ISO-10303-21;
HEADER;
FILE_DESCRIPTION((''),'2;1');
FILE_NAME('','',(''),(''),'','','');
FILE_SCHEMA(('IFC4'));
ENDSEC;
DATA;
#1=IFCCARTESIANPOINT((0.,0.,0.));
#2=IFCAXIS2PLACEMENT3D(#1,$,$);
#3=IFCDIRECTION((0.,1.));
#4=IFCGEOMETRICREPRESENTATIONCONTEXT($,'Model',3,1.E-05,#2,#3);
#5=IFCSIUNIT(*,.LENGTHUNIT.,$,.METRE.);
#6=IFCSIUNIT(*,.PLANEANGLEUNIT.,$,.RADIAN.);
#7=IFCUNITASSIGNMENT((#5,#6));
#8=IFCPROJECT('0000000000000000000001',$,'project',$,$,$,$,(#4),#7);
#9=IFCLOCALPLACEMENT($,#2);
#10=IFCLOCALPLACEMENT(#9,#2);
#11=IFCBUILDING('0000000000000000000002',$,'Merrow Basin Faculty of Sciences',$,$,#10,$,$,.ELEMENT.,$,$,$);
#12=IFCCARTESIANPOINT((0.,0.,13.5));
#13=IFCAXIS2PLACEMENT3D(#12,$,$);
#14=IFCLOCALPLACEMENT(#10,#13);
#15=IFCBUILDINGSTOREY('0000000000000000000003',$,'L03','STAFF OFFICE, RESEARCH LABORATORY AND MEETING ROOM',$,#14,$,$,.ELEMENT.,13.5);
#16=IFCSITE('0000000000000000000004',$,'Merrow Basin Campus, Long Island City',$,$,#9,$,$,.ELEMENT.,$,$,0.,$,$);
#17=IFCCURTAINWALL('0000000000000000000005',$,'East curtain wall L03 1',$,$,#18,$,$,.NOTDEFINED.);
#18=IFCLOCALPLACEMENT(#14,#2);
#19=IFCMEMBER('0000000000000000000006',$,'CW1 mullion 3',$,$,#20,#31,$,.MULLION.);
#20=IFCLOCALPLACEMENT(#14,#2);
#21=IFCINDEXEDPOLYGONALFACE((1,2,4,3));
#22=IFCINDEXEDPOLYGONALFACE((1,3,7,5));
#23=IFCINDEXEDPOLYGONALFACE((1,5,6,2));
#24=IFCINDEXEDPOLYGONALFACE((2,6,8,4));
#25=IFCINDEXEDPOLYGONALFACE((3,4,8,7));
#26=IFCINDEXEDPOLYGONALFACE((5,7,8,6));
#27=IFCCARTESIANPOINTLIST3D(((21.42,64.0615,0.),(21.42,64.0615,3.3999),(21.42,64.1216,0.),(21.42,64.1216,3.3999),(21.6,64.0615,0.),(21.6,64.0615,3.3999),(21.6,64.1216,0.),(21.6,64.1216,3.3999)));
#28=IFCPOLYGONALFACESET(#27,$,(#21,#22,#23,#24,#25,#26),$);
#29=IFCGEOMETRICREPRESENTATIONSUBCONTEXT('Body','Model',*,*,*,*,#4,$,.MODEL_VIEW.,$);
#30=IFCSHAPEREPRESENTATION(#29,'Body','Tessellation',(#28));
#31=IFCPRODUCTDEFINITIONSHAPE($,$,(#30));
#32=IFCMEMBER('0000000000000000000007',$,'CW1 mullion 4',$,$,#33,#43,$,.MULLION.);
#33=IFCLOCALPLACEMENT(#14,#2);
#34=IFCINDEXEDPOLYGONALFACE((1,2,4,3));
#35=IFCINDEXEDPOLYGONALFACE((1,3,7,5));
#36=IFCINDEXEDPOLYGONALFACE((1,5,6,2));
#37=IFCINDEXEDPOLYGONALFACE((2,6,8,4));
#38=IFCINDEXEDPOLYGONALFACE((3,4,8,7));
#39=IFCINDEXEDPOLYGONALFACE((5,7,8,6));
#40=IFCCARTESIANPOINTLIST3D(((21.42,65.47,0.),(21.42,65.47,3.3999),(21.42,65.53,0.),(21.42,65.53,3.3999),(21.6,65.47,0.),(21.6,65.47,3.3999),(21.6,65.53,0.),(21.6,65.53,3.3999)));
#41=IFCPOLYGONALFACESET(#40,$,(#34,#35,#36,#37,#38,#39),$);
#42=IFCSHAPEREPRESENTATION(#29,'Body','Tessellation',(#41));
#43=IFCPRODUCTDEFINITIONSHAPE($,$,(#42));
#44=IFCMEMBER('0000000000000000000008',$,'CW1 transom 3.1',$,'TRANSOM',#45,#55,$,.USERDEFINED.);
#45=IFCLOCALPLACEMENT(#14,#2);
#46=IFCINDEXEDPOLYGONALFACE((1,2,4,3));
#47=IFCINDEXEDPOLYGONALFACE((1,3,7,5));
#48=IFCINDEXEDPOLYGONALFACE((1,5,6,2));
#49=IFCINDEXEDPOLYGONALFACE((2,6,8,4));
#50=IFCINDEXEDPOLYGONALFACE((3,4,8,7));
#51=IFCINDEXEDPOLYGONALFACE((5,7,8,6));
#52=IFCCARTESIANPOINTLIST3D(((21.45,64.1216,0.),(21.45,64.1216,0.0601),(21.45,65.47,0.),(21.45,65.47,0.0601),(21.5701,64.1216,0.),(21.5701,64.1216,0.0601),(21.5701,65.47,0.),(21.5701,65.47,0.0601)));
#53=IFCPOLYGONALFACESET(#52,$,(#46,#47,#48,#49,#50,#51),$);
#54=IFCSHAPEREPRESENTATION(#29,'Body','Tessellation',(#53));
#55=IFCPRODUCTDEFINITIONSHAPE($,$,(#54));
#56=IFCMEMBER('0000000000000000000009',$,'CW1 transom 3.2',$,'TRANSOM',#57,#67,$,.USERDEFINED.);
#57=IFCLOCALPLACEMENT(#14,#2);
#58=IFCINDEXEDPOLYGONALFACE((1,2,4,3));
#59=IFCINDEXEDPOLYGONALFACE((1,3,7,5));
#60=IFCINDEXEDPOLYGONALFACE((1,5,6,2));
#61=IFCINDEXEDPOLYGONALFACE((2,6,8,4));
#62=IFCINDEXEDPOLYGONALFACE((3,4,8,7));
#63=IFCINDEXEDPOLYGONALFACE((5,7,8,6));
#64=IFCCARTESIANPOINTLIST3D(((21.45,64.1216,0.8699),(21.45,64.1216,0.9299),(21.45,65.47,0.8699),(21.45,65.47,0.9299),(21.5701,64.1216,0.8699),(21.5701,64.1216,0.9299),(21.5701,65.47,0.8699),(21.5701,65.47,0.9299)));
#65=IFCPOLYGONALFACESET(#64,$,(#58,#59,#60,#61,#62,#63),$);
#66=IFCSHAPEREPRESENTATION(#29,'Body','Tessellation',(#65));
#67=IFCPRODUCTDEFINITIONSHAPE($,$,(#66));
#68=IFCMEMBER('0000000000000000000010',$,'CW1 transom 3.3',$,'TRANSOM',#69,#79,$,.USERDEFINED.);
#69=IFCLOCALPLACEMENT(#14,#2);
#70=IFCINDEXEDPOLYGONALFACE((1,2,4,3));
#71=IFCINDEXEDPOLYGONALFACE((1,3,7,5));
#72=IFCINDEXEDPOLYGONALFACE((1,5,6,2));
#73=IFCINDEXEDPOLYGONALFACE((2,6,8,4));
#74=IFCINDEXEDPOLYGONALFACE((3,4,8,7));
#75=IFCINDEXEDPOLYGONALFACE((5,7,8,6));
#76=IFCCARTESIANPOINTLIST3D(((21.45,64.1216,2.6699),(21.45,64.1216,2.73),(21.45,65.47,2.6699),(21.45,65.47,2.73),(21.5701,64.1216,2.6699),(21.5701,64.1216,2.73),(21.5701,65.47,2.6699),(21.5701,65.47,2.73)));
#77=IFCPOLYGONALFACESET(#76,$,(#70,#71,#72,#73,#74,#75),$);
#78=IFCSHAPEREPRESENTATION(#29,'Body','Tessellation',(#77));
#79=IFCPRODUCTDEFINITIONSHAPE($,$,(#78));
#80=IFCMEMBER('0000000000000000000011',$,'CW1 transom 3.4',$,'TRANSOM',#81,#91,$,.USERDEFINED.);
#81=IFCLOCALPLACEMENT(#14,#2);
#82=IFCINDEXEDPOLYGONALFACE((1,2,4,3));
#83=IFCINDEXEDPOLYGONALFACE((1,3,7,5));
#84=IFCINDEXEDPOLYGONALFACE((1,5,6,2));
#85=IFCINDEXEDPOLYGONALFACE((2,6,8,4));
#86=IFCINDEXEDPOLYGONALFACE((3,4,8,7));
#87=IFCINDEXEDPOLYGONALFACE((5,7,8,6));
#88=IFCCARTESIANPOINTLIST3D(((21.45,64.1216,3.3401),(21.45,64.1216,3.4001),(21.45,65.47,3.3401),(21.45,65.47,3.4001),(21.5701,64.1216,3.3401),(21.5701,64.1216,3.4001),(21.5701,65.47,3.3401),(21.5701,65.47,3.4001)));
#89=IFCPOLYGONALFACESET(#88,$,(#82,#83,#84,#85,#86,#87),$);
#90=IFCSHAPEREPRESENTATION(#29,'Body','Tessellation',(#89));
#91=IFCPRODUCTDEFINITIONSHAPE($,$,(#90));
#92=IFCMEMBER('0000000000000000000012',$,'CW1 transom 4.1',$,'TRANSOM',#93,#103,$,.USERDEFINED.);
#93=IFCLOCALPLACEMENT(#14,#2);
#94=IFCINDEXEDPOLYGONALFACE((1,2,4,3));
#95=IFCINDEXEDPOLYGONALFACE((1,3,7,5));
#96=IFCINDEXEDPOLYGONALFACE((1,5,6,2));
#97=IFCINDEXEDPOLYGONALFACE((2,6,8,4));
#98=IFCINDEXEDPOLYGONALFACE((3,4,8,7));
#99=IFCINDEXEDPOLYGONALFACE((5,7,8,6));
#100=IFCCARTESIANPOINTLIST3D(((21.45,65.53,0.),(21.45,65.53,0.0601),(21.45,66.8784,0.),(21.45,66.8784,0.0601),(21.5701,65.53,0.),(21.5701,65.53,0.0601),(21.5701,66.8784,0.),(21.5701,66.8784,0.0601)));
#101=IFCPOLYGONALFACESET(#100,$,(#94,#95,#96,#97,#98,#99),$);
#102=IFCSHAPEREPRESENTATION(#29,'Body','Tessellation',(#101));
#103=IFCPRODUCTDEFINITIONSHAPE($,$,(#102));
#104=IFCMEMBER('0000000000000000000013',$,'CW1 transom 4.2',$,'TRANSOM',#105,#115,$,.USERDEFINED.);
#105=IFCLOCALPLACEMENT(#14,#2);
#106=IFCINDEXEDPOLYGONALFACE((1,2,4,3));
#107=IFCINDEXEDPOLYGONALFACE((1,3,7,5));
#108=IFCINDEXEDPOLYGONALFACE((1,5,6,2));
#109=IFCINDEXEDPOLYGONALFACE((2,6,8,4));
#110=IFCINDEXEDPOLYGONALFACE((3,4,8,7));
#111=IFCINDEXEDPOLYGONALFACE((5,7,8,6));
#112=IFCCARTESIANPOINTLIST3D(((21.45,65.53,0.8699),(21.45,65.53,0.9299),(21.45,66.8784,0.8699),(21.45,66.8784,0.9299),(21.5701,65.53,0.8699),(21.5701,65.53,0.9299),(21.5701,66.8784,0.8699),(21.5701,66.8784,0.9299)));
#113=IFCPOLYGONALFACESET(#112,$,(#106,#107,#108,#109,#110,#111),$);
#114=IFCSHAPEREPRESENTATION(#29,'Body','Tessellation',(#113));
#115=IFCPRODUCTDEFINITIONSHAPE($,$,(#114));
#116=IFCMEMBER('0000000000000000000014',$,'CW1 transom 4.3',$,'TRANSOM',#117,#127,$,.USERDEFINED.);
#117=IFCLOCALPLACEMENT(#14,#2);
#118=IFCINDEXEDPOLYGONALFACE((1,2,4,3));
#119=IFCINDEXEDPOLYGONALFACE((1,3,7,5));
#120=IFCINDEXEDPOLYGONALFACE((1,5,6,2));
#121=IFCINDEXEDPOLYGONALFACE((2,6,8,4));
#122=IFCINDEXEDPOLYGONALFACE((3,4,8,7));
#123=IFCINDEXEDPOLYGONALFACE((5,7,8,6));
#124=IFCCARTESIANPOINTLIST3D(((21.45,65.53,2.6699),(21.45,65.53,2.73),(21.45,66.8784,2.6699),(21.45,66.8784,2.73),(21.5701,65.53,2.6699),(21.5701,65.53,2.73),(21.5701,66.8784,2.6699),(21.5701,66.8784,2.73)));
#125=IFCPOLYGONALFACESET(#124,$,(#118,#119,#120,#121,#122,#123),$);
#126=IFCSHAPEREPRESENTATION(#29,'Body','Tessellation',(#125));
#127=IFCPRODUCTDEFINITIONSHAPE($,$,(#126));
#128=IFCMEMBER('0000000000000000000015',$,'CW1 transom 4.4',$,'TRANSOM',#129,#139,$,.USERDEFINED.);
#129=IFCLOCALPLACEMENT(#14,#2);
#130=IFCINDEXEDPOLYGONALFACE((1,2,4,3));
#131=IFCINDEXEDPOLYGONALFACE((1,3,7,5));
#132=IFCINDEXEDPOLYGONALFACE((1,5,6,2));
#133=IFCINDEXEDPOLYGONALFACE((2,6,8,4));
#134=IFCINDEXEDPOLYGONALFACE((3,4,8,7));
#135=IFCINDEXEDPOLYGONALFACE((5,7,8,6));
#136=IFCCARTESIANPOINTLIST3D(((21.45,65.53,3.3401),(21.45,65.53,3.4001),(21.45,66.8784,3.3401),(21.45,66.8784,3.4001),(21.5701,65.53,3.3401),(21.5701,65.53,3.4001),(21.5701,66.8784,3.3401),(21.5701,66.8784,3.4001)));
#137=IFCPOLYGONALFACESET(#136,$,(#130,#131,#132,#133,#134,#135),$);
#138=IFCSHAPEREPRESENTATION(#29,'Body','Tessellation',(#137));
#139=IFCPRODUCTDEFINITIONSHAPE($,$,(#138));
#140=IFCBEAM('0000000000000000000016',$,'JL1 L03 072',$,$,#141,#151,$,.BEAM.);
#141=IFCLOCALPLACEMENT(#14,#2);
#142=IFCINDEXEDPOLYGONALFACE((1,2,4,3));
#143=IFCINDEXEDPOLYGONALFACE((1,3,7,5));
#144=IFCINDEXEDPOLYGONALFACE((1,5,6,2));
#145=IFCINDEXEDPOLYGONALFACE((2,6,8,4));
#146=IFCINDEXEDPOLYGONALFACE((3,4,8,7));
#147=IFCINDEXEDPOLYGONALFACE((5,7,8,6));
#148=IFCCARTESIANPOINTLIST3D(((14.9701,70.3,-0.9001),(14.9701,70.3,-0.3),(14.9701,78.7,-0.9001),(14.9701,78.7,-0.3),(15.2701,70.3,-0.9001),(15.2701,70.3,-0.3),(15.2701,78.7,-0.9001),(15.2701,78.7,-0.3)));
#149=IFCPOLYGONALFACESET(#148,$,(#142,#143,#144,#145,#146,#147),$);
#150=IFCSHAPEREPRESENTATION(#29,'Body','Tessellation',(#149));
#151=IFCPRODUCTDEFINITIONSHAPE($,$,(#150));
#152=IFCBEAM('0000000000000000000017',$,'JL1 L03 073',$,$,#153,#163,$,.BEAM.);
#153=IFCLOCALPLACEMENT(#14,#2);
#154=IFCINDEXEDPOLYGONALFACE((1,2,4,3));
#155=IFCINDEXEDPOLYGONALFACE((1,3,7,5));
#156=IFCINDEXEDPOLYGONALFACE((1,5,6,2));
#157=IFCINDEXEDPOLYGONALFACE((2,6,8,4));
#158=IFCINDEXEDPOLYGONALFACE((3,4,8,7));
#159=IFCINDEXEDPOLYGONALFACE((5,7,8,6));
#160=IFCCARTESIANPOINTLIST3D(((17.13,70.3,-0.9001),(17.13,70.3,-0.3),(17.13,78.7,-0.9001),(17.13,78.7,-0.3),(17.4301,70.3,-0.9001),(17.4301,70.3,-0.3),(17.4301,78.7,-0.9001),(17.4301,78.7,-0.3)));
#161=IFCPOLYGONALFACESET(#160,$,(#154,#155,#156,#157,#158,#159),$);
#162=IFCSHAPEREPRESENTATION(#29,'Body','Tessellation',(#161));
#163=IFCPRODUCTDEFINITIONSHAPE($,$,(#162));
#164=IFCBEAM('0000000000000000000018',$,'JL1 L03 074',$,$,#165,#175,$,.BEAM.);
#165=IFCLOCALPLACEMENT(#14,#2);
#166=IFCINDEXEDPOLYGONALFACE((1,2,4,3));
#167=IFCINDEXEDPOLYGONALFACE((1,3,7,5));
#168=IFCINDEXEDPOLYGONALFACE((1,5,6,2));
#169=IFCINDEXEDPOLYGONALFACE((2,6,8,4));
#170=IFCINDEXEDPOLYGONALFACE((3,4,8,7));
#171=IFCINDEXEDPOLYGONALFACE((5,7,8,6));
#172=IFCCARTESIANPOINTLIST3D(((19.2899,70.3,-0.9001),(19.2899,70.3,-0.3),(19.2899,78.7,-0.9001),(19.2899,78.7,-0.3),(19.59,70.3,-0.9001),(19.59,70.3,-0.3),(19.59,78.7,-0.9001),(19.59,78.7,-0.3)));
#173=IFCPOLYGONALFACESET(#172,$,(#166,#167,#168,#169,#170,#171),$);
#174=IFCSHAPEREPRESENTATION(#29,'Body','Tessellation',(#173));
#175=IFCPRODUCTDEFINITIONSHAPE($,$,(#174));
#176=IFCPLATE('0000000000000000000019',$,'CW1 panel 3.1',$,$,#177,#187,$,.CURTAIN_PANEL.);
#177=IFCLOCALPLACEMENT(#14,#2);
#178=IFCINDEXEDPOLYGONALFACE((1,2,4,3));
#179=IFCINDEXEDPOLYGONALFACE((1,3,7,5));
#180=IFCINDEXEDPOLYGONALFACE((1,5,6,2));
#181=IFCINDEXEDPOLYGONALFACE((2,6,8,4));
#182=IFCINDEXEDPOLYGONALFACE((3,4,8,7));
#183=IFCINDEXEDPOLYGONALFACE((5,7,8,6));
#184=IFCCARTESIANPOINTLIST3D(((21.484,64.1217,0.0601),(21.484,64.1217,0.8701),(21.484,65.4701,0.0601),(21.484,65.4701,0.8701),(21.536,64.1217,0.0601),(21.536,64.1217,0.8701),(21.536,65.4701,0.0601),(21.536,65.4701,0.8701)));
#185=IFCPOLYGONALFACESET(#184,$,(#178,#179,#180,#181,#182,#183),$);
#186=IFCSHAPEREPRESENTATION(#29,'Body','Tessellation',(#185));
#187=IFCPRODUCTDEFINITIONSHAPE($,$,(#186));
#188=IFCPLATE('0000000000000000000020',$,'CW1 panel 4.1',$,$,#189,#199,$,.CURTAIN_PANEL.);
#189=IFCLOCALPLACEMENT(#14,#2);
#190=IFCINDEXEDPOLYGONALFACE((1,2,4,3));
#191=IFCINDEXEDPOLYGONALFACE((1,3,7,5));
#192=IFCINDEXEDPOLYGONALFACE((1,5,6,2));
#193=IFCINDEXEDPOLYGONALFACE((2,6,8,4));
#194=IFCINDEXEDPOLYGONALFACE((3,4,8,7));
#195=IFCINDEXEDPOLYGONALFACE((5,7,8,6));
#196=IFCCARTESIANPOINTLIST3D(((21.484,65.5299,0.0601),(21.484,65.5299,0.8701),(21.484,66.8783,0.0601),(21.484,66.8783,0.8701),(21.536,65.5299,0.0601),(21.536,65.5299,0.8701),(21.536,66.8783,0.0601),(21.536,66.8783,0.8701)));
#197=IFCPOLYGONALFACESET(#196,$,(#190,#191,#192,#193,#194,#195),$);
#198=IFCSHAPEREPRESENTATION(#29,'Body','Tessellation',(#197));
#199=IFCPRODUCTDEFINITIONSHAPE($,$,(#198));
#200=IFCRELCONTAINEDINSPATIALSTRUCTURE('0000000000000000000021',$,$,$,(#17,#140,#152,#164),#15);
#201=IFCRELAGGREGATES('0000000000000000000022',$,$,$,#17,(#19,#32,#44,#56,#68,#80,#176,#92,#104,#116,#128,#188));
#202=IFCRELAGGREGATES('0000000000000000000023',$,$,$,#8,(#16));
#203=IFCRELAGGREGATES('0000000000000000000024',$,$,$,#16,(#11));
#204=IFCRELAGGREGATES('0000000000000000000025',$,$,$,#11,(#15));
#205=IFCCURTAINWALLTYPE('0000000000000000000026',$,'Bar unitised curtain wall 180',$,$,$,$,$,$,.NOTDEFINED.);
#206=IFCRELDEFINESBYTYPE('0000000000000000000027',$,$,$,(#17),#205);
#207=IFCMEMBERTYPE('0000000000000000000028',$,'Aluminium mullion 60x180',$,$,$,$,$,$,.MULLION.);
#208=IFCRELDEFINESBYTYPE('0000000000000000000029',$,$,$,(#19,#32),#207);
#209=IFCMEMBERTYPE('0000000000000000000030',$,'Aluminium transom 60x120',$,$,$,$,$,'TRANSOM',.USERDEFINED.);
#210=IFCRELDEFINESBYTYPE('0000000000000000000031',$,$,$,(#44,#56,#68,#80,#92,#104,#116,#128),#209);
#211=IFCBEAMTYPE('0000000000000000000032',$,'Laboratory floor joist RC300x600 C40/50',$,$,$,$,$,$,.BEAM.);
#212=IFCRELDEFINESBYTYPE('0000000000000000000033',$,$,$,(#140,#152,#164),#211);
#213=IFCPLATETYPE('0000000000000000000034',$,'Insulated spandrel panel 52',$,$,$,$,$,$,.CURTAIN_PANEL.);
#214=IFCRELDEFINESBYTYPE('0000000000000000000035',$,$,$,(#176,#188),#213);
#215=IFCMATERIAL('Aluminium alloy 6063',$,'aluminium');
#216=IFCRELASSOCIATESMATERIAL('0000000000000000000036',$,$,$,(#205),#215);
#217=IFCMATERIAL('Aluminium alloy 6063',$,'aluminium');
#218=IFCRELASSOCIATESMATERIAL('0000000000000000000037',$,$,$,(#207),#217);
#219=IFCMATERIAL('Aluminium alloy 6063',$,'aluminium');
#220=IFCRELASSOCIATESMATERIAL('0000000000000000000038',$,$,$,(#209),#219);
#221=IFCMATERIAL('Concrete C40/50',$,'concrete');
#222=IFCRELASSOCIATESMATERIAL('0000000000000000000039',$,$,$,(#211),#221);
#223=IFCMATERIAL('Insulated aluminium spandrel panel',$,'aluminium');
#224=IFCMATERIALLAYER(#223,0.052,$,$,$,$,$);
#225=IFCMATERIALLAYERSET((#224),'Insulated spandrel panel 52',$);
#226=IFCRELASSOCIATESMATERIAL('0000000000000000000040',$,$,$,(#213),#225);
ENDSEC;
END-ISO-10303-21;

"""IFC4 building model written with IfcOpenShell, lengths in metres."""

from ifc_helpers import new_model, si_unit, direction, frame, origin, origin_2d, place, context, subcontext, project, spatial, rectangle, extrude, material, layer, layer_set, material_profile, profile_set, type_object, element, aggregate, save


model = new_model("IFC4")

# Units and contexts
model_context = context("Model", 3, precision=1e-05, world=origin(), true_north=direction((0.0, 1.0)))
body_context = subcontext(model_context, "Body", "Model", "MODEL_VIEW")
ifc_project = project(units=[si_unit("LENGTHUNIT", "METRE"), si_unit("PLANEANGLEUNIT", "RADIAN")], contexts=[model_context])

# Site, building, storey
site_placement = place(None, origin())
site = spatial("IfcSite", under=ifc_project, at=site_placement, Name="Merrow Basin Campus, Long Island City", CompositionType="ELEMENT", RefElevation=0.0)
building_placement = place(site_placement, origin())
building = spatial("IfcBuilding", under=site, at=building_placement, Name="Merrow Basin Faculty of Sciences", CompositionType="ELEMENT")
storey_placement = place(building_placement, frame((0.0, 0.0, 13.5)))
storey = spatial("IfcBuildingStorey", under=building, at=storey_placement, Name="L03", Description="STAFF OFFICE, RESEARCH LABORATORY AND MEETING ROOM", CompositionType="ELEMENT", Elevation=13.5)

# Curtain wall, members
ifc_material_1 = material(Name="Aluminium alloy 6063", Category="aluminium")
curtain_wall_type = type_object("IfcCurtainWallType", Name="Bar unitised curtain wall 180", PredefinedType="NOTDEFINED", material=ifc_material_1)
curtain_wall_placement = place(storey_placement, origin())
curtain_wall = element("IfcCurtainWall", 1, at=curtain_wall_placement, inside=storey, type_object=curtain_wall_type, Name="East curtain wall L03 1", PredefinedType="NOTDEFINED")
ifc_material_2 = material(Name="Aluminium alloy 6063", Category="aluminium")
ifc_material_profile_1 = material_profile(ifc_material_2, rectangle(XDim=0.1799, YDim=0.0601, at=origin_2d()))
ifc_profile_set_1 = profile_set([ifc_material_profile_1], Name="Aluminium alloy 6063")
member_type_1 = type_object("IfcMemberType", Name="Aluminium mullion 60x180", PredefinedType="MULLION", material=ifc_profile_set_1)
member_1_placement = place(storey_placement, frame((21.51, 64.0916, 0.0), z_axis=(0.0, 0.0, 1.0), x_axis=(-1.0, 0.0, 0.0)))
member_1 = element("IfcMember", 2, at=member_1_placement, type_object=member_type_1, Name="CW1 mullion 3", PredefinedType="MULLION", context=body_context, shape_type="SweptSolid", body=[
    extrude(rectangle(XDim=0.1799, YDim=0.0601, at=origin_2d()), origin(), (0.0, 0.0, 1.0), 3.3999),
])
member_2_placement = place(storey_placement, frame((21.51, 65.5, 0.0), z_axis=(0.0, 0.0, 1.0), x_axis=(-1.0, 0.0, 0.0)))
member_2 = element("IfcMember", 3, at=member_2_placement, type_object=member_type_1, Name="CW1 mullion 4", PredefinedType="MULLION", context=body_context, shape_type="SweptSolid", body=[
    extrude(rectangle(XDim=0.1799, YDim=0.0601, at=origin_2d()), origin(), (0.0, 0.0, 1.0), 3.3999),
])
ifc_material_3 = material(Name="Aluminium alloy 6063", Category="aluminium")
ifc_material_profile_2 = material_profile(ifc_material_3, rectangle(XDim=0.1201, YDim=0.0601, at=origin_2d()))
ifc_profile_set_2 = profile_set([ifc_material_profile_2], Name="Aluminium alloy 6063")
member_type_2 = type_object("IfcMemberType", Name="Aluminium transom 60x120", ElementType="TRANSOM", PredefinedType="USERDEFINED", material=ifc_profile_set_2)
member_3_placement = place(storey_placement, frame((21.51, 64.1216, 0.03), z_axis=(0.0, 1.0, 0.0), x_axis=(-1.0, 0.0, 0.0)))
member_3 = element("IfcMember", 4, at=member_3_placement, type_object=member_type_2, Name="CW1 transom 3.1", ObjectType="TRANSOM", PredefinedType="USERDEFINED", context=body_context, shape_type="SweptSolid", body=[
    extrude(rectangle(XDim=0.1201, YDim=0.0601, at=origin_2d()), origin(), (0.0, 0.0, 1.0), 1.3484),
])
member_4_placement = place(storey_placement, frame((21.51, 64.1216, 0.8999), z_axis=(0.0, 1.0, 0.0), x_axis=(-1.0, 0.0, 0.0)))
member_4 = element("IfcMember", 5, at=member_4_placement, type_object=member_type_2, Name="CW1 transom 3.2", ObjectType="TRANSOM", PredefinedType="USERDEFINED", context=body_context, shape_type="SweptSolid", body=[
    extrude(rectangle(XDim=0.1201, YDim=0.0601, at=origin_2d()), origin(), (0.0, 0.0, 1.0), 1.3484),
])
member_5_placement = place(storey_placement, frame((21.51, 64.1216, 2.7), z_axis=(0.0, 1.0, 0.0), x_axis=(-1.0, 0.0, 0.0)))
member_5 = element("IfcMember", 6, at=member_5_placement, type_object=member_type_2, Name="CW1 transom 3.3", ObjectType="TRANSOM", PredefinedType="USERDEFINED", context=body_context, shape_type="SweptSolid", body=[
    extrude(rectangle(XDim=0.1201, YDim=0.0601, at=origin_2d()), origin(), (0.0, 0.0, 1.0), 1.3484),
])
member_6_placement = place(storey_placement, frame((21.51, 64.1216, 3.3701), z_axis=(0.0, 1.0, 0.0), x_axis=(-1.0, 0.0, 0.0)))
member_6 = element("IfcMember", 7, at=member_6_placement, type_object=member_type_2, Name="CW1 transom 3.4", ObjectType="TRANSOM", PredefinedType="USERDEFINED", context=body_context, shape_type="SweptSolid", body=[
    extrude(rectangle(XDim=0.1201, YDim=0.0601, at=origin_2d()), origin(), (0.0, 0.0, 1.0), 1.3484),
])
member_7_placement = place(storey_placement, frame((21.51, 65.53, 0.03), z_axis=(0.0, 1.0, 0.0), x_axis=(-1.0, 0.0, 0.0)))
member_7 = element("IfcMember", 8, at=member_7_placement, type_object=member_type_2, Name="CW1 transom 4.1", ObjectType="TRANSOM", PredefinedType="USERDEFINED", context=body_context, shape_type="SweptSolid", body=[
    extrude(rectangle(XDim=0.1201, YDim=0.0601, at=origin_2d()), origin(), (0.0, 0.0, 1.0), 1.3484),
])
member_8_placement = place(storey_placement, frame((21.51, 65.53, 0.8999), z_axis=(0.0, 1.0, 0.0), x_axis=(-1.0, 0.0, 0.0)))
member_8 = element("IfcMember", 9, at=member_8_placement, type_object=member_type_2, Name="CW1 transom 4.2", ObjectType="TRANSOM", PredefinedType="USERDEFINED", context=body_context, shape_type="SweptSolid", body=[
    extrude(rectangle(XDim=0.1201, YDim=0.0601, at=origin_2d()), origin(), (0.0, 0.0, 1.0), 1.3484),
])
member_9_placement = place(storey_placement, frame((21.51, 65.53, 2.7), z_axis=(0.0, 1.0, 0.0), x_axis=(-1.0, 0.0, 0.0)))
member_9 = element("IfcMember", 10, at=member_9_placement, type_object=member_type_2, Name="CW1 transom 4.3", ObjectType="TRANSOM", PredefinedType="USERDEFINED", context=body_context, shape_type="SweptSolid", body=[
    extrude(rectangle(XDim=0.1201, YDim=0.0601, at=origin_2d()), origin(), (0.0, 0.0, 1.0), 1.3484),
])
member_10_placement = place(storey_placement, frame((21.51, 65.53, 3.3701), z_axis=(0.0, 1.0, 0.0), x_axis=(-1.0, 0.0, 0.0)))
member_10 = element("IfcMember", 11, at=member_10_placement, type_object=member_type_2, Name="CW1 transom 4.4", ObjectType="TRANSOM", PredefinedType="USERDEFINED", context=body_context, shape_type="SweptSolid", body=[
    extrude(rectangle(XDim=0.1201, YDim=0.0601, at=origin_2d()), origin(), (0.0, 0.0, 1.0), 1.3484),
])

# Beams
ifc_material_4 = material(Name="Concrete C40/50", Category="concrete")
ifc_material_profile_3 = material_profile(ifc_material_4, rectangle(XDim=0.3, YDim=0.6001, at=origin_2d()))
ifc_profile_set_3 = profile_set([ifc_material_profile_3], Name="Concrete C40/50")
beam_type = type_object("IfcBeamType", Name="Laboratory floor joist RC300x600 C40/50", PredefinedType="BEAM", material=ifc_profile_set_3)
for number, where, z_axis, x_axis, name in (
    (12, (15.1201, 70.3, -0.6001), (0.0, 1.0, 0.0), (-1.0, 0.0, 0.0), "JL1 L03 072"),
    (13, (17.28, 70.3, -0.6001), (0.0, 1.0, 0.0), (-1.0, 0.0, 0.0), "JL1 L03 073"),
    (14, (19.4399, 70.3, -0.6001), (0.0, 1.0, 0.0), (-1.0, 0.0, 0.0), "JL1 L03 074"),
):
    element("IfcBeam", number, at=place(storey_placement, frame(where, z_axis=z_axis, x_axis=x_axis)), inside=storey, type_object=beam_type, Name=name, PredefinedType="BEAM", context=body_context, shape_type="SweptSolid", body=[
        extrude(rectangle(XDim=0.3, YDim=0.6001, at=origin_2d()), origin(), (0.0, 0.0, 1.0), 8.3999),
    ])

# Plates
ifc_material_5 = material(Name="Insulated aluminium spandrel panel", Category="aluminium")
ifc_layer_1 = layer(ifc_material_5, 0.052)
ifc_layer_set_1 = layer_set([ifc_layer_1], Name="Insulated spandrel panel 52")
plate_type_1 = type_object("IfcPlateType", Name="Insulated spandrel panel 52", PredefinedType="CURTAIN_PANEL", material=ifc_layer_set_1)
plate_1_placement = place(storey_placement, frame((21.51, 64.7959, 0.0601), z_axis=(0.0, 0.0, 1.0), x_axis=(0.0, 1.0, 0.0)))
plate_1 = element("IfcPlate", 15, at=plate_1_placement, type_object=plate_type_1, Name="CW1 panel 3.1", PredefinedType="CURTAIN_PANEL", context=body_context, shape_type="SweptSolid", body=[
    extrude(rectangle(XDim=1.3484, YDim=0.052, at=origin_2d()), origin(), (0.0, 0.0, 1.0), 0.8101),
])
plate_2_placement = place(storey_placement, frame((21.51, 66.2041, 0.0601), z_axis=(0.0, 0.0, 1.0), x_axis=(0.0, 1.0, 0.0)))
plate_2 = element("IfcPlate", 16, at=plate_2_placement, type_object=plate_type_1, Name="CW1 panel 4.1", PredefinedType="CURTAIN_PANEL", context=body_context, shape_type="SweptSolid", body=[
    extrude(rectangle(XDim=1.3484, YDim=0.052, at=origin_2d()), origin(), (0.0, 0.0, 1.0), 0.8101),
])
aggregate(curtain_wall, [member_1, member_2, member_3, member_4, member_5, member_6, plate_1, member_7, member_8, member_9, member_10, plate_2])

save(model, "model.ifc")
